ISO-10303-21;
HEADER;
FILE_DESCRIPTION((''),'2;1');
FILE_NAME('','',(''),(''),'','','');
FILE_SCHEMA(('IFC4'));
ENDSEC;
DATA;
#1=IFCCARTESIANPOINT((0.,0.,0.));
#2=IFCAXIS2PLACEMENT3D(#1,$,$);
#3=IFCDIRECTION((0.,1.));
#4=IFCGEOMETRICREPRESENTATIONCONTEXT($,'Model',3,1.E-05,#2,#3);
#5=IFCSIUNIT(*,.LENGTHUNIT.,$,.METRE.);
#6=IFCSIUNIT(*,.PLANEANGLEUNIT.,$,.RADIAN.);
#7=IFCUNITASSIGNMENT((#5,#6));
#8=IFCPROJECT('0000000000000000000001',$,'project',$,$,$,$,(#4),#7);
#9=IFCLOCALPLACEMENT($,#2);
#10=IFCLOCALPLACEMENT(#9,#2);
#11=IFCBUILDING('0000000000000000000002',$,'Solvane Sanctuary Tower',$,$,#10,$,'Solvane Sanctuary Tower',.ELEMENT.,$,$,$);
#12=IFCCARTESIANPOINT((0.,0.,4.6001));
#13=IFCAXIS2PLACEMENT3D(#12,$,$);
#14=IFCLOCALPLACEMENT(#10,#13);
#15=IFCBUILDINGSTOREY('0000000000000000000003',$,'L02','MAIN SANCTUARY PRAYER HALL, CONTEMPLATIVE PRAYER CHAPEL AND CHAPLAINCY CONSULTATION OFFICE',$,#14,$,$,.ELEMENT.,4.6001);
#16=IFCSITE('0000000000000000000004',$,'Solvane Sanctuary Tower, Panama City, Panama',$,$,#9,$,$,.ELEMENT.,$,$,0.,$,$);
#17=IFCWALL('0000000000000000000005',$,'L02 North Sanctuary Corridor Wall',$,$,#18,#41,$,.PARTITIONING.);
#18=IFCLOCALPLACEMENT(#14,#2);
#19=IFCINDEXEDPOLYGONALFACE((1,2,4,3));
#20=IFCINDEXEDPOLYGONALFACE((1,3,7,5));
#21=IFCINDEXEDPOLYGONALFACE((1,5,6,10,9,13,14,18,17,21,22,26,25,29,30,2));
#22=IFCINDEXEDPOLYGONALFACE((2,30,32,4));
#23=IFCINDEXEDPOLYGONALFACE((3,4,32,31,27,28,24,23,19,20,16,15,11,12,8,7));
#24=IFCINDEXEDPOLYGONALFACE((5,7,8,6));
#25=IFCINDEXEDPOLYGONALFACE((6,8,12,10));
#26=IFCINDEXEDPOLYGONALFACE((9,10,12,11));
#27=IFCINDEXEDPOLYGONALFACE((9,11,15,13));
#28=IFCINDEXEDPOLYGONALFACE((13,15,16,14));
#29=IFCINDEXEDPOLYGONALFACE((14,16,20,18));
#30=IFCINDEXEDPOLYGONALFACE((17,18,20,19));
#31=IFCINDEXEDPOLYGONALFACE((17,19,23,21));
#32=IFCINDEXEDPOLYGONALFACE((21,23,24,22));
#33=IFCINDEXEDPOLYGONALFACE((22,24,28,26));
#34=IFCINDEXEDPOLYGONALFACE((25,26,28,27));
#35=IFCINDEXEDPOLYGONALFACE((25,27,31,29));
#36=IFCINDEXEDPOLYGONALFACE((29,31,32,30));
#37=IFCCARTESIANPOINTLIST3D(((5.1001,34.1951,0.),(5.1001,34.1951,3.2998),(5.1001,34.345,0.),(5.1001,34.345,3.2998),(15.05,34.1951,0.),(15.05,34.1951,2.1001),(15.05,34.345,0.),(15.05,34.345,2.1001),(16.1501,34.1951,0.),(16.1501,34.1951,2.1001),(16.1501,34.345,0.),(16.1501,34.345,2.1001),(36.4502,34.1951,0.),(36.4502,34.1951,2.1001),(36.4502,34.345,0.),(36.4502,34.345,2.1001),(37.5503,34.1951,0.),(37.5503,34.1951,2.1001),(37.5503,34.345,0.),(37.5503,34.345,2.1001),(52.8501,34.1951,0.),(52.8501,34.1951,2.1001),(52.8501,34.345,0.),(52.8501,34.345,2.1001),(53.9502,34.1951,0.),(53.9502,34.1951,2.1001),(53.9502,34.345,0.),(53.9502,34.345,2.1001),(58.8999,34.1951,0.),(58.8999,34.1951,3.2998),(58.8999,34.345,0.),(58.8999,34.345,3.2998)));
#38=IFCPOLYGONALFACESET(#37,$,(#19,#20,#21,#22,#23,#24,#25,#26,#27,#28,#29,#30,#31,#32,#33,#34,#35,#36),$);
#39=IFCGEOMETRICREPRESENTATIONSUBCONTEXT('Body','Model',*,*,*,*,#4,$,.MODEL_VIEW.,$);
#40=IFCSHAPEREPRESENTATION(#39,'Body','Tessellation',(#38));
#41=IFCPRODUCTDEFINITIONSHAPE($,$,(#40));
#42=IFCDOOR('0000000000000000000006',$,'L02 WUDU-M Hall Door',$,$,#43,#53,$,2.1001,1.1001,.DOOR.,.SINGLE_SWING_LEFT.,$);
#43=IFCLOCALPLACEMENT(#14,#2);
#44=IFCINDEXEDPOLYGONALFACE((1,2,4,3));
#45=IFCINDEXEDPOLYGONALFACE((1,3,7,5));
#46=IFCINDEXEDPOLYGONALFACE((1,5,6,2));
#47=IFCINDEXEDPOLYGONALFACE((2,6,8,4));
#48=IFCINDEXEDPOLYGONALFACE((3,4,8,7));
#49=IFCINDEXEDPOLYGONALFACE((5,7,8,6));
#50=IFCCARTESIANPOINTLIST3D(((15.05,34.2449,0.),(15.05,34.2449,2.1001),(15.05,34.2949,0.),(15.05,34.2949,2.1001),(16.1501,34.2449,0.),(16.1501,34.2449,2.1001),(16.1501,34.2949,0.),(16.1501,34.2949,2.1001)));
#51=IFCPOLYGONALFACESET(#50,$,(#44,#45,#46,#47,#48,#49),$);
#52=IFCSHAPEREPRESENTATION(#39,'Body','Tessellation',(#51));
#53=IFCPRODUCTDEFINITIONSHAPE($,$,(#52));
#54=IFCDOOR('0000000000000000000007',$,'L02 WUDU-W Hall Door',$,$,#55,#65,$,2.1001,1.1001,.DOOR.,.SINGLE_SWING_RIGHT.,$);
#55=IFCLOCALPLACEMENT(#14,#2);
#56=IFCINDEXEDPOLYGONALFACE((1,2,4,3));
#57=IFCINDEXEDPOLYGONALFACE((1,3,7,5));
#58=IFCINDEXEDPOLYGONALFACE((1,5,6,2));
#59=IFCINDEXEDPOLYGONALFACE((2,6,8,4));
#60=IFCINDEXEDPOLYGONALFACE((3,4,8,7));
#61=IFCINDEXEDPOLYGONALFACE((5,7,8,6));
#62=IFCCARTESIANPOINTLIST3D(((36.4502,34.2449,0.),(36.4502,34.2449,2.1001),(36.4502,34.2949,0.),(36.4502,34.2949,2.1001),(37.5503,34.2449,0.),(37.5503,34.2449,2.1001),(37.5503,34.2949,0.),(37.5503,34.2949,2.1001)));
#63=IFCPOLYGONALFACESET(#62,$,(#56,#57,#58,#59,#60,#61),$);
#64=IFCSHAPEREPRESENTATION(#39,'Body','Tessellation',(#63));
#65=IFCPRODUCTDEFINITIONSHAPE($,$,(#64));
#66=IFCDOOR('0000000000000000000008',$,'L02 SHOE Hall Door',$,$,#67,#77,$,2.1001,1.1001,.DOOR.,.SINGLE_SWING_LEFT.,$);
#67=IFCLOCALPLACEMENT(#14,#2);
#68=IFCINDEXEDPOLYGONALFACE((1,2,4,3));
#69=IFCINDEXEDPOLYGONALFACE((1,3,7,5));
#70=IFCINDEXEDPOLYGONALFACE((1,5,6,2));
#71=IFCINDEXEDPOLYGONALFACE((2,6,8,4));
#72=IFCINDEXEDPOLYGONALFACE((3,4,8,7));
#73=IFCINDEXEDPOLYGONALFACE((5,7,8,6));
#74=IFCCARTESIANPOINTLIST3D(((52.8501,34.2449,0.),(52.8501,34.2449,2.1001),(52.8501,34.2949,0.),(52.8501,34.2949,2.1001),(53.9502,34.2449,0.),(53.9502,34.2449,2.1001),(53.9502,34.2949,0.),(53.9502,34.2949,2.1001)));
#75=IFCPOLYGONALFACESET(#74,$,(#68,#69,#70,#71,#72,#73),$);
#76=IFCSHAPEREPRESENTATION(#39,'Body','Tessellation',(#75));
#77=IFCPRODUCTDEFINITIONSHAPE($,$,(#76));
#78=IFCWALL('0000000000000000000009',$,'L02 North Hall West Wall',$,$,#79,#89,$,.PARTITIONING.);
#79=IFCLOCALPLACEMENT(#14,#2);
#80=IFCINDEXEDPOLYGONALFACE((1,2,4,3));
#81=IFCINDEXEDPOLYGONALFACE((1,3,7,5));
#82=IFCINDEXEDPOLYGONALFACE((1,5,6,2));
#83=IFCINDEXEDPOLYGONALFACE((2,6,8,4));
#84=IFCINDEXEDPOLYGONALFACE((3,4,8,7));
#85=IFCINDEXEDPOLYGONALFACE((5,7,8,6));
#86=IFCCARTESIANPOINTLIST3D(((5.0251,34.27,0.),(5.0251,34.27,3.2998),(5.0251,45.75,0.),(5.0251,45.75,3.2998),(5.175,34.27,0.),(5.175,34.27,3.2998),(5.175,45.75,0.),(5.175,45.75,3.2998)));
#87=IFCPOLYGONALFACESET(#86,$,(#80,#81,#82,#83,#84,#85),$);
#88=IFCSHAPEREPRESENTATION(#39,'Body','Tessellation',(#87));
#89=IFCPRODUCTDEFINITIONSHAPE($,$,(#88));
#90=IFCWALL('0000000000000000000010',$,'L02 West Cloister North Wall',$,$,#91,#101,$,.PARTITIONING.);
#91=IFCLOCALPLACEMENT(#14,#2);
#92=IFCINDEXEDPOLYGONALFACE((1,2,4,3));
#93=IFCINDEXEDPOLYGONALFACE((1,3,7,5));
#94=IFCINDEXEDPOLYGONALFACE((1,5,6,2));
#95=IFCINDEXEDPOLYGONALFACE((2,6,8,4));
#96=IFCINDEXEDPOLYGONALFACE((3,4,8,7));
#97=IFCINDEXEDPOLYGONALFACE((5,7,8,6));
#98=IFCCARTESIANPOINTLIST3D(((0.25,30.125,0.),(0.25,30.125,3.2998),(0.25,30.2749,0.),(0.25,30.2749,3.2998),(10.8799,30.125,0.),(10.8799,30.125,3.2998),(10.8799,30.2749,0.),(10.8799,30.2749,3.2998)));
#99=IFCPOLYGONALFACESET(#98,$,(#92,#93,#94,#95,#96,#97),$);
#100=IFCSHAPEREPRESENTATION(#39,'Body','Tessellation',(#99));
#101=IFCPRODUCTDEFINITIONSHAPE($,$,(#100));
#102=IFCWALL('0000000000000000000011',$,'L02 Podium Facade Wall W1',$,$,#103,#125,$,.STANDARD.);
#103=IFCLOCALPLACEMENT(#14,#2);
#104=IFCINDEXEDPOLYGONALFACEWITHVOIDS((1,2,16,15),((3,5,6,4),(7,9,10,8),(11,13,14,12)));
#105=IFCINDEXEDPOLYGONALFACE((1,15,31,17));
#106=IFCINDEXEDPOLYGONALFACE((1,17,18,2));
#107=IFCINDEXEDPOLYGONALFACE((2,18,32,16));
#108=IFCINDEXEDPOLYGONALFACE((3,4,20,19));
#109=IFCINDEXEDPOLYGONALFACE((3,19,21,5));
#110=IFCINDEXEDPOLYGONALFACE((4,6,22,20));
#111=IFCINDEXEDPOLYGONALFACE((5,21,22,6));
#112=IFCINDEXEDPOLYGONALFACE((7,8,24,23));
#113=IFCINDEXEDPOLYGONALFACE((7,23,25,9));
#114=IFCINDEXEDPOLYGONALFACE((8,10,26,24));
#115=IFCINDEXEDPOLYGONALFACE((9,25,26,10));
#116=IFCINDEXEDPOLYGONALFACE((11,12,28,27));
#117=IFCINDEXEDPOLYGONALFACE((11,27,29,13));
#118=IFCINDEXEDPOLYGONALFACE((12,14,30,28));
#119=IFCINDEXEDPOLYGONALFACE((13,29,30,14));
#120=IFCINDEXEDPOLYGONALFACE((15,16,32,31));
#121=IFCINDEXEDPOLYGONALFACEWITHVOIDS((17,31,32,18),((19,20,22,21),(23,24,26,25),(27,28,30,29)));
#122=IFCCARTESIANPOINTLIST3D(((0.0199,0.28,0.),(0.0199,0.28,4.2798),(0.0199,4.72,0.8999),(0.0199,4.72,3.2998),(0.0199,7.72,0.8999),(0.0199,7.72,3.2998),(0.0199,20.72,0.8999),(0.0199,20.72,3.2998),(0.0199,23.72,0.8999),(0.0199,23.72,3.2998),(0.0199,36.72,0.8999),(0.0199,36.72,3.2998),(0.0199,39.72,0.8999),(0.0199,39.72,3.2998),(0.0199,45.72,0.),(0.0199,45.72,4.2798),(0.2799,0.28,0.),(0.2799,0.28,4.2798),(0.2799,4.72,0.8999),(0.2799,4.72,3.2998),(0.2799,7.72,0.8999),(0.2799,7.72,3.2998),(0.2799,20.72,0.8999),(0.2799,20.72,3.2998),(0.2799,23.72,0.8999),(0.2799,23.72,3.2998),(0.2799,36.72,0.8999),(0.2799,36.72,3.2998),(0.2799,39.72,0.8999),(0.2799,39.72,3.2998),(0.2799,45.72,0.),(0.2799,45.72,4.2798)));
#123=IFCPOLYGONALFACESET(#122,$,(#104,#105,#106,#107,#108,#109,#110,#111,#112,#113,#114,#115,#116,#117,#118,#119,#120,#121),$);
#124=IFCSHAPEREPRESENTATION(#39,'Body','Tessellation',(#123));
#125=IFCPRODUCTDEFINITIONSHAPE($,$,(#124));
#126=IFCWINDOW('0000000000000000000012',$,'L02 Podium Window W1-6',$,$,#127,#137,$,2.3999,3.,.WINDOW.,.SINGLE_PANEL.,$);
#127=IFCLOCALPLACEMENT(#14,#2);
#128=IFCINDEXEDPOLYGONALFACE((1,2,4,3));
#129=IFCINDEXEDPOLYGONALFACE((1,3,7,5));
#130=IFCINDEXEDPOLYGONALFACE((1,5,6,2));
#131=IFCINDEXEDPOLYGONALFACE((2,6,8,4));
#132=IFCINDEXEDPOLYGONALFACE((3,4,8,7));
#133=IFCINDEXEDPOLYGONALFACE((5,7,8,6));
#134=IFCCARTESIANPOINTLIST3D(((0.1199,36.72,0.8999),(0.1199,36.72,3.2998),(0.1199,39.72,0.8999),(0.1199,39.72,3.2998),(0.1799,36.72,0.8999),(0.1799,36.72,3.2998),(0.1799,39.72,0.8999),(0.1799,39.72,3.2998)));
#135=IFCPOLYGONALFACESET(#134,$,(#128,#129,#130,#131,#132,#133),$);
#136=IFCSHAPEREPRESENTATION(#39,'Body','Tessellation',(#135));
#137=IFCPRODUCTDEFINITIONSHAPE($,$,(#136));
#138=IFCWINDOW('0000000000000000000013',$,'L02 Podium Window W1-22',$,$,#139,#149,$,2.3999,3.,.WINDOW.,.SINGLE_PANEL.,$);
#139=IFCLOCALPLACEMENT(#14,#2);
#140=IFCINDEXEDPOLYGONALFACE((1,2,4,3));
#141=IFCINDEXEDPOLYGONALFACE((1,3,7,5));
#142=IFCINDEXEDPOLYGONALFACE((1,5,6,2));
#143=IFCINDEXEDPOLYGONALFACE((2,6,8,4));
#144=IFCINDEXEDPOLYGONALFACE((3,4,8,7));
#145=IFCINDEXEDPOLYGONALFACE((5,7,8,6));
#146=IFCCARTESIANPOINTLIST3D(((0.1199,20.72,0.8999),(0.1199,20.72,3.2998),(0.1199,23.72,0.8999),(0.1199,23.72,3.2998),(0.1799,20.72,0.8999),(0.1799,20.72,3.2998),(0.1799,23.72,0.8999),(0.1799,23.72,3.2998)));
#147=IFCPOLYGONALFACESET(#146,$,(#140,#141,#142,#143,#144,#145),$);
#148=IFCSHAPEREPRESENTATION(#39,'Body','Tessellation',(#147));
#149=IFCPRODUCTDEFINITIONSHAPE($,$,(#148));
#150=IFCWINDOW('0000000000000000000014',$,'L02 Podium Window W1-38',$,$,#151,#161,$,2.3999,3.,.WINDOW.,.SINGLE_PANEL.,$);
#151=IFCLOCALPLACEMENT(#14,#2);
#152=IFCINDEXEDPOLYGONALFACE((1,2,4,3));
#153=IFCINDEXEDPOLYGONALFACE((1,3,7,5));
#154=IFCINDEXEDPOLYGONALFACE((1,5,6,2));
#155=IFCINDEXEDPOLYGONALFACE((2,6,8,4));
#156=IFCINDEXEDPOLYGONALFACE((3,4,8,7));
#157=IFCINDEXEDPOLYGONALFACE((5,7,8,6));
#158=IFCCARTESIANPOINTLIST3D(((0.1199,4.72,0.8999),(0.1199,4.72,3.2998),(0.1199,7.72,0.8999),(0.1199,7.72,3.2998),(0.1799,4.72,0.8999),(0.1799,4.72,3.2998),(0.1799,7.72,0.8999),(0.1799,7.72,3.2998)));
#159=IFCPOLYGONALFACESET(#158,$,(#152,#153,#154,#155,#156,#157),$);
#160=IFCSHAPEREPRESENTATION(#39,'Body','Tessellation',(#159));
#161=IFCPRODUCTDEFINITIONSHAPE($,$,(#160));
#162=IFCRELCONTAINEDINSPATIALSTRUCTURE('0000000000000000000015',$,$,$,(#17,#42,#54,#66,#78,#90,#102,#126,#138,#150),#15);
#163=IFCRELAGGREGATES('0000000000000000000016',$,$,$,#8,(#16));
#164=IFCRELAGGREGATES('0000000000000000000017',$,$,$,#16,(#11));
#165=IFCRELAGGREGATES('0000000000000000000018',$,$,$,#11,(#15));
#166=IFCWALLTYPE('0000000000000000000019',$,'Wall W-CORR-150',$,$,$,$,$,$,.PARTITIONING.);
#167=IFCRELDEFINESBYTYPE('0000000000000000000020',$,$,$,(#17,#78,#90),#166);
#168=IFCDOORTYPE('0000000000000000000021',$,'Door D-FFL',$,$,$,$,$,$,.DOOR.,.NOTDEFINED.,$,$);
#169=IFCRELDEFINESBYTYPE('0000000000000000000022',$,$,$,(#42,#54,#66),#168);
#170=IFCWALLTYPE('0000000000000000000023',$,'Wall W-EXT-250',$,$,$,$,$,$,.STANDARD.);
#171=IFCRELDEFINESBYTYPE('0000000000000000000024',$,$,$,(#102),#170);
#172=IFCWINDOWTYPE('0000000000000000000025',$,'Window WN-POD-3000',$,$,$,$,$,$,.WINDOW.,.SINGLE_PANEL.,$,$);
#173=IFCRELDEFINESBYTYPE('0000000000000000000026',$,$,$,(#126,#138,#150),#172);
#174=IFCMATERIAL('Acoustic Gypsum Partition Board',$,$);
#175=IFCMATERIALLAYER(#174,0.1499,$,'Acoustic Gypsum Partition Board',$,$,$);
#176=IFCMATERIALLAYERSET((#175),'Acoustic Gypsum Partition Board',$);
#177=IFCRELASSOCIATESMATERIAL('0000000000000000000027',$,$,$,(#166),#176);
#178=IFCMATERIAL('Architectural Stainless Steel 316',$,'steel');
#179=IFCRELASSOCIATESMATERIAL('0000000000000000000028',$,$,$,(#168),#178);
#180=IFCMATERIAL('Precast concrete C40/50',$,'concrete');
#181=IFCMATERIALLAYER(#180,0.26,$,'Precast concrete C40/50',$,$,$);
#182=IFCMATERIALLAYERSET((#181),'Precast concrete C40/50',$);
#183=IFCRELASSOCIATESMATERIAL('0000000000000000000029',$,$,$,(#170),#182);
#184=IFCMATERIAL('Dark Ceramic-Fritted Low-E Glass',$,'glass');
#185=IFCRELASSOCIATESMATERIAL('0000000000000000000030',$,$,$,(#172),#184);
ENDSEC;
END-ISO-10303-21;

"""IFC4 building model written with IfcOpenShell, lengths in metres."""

from ifc_helpers import new_model, si_unit, direction, frame, frame_2d, origin, place, context, subcontext, project, spatial, rectangle, extrude, material, layer, layer_set, type_object, element, fill, save


model = new_model("IFC4")

# Units and contexts
model_context = context("Model", 3, precision=1e-05, world=origin(), true_north=direction((0.0, 1.0)))
body_context = subcontext(model_context, "Body", "Model", "MODEL_VIEW")
ifc_project = project(units=[si_unit("LENGTHUNIT", "METRE"), si_unit("PLANEANGLEUNIT", "RADIAN")], contexts=[model_context])

# Site, building, storey
site_placement = place(None, origin())
site = spatial("IfcSite", under=ifc_project, at=site_placement, Name="Solvane Sanctuary Tower, Panama City, Panama", CompositionType="ELEMENT", RefElevation=0.0)
building_placement = place(site_placement, origin())
building = spatial("IfcBuilding", under=site, at=building_placement, Name="Solvane Sanctuary Tower", LongName="Solvane Sanctuary Tower", CompositionType="ELEMENT")
storey_placement = place(building_placement, frame((0.0, 0.0, 4.6001)))
storey = spatial("IfcBuildingStorey", under=building, at=storey_placement, Name="L02", Description="MAIN SANCTUARY PRAYER HALL, CONTEMPLATIVE PRAYER CHAPEL AND CHAPLAINCY CONSULTATION OFFICE", CompositionType="ELEMENT", Elevation=4.6001)

# Wall, openings, doors
ifc_material_1 = material(Name="Acoustic Gypsum Partition Board")
ifc_layer_1 = layer(ifc_material_1, 0.1499, Name="Acoustic Gypsum Partition Board")
ifc_layer_set_1 = layer_set([ifc_layer_1], Name="Acoustic Gypsum Partition Board")
wall_type_1 = type_object("IfcWallType", Name="Wall W-CORR-150", PredefinedType="PARTITIONING", material=ifc_layer_set_1)
wall_1_placement = place(storey_placement, frame((5.1001, 34.27, 0.0), z_axis=(0.0, 0.0, 1.0), x_axis=(1.0, 0.0, 0.0)))
wall_1 = element("IfcWall", 1, at=wall_1_placement, inside=storey, type_object=wall_type_1, Name="L02 North Sanctuary Corridor Wall", PredefinedType="PARTITIONING", context=body_context, shape_type="SweptSolid", body=[
    extrude(rectangle(XDim=53.7998, YDim=0.1499, at=frame_2d((26.8999, 0.0))), origin(), (0.0, 0.0, 1.0), 3.2998),
])
opening_1_placement = place(wall_1_placement, frame((9.95, 0.0, 0.0)))
opening_1 = element("IfcOpeningElement", 2, at=opening_1_placement, cuts=wall_1, PredefinedType="OPENING", context=body_context, shape_type="SweptSolid", body=[
    extrude(rectangle(XDim=1.1001, YDim=2.1001, at=frame_2d((0.55, 1.05))), frame((0.0, 0.085, 0.0), z_axis=(0.0, -1.0, 0.0), x_axis=(1.0, 0.0, 0.0)), (0.0, 0.0, 1.0), 0.1699),
])
opening_2_placement = place(wall_1_placement, frame((31.3501, 0.0, 0.0)))
opening_2 = element("IfcOpeningElement", 3, at=opening_2_placement, cuts=wall_1, PredefinedType="OPENING", context=body_context, shape_type="SweptSolid", body=[
    extrude(rectangle(XDim=1.1001, YDim=2.1001, at=frame_2d((0.55, 1.05))), frame((0.0, 0.085, 0.0), z_axis=(0.0, -1.0, 0.0), x_axis=(1.0, 0.0, 0.0)), (0.0, 0.0, 1.0), 0.1699),
])
opening_3_placement = place(wall_1_placement, frame((47.75, 0.0, 0.0)))
opening_3 = element("IfcOpeningElement", 4, at=opening_3_placement, cuts=wall_1, PredefinedType="OPENING", context=body_context, shape_type="SweptSolid", body=[
    extrude(rectangle(XDim=1.1001, YDim=2.1001, at=frame_2d((0.55, 1.05))), frame((0.0, 0.085, 0.0), z_axis=(0.0, -1.0, 0.0), x_axis=(1.0, 0.0, 0.0)), (0.0, 0.0, 1.0), 0.1699),
])
ifc_material_2 = material(Name="Architectural Stainless Steel 316", Category="steel")
door_type = type_object("IfcDoorType", Name="Door D-FFL", OperationType="NOTDEFINED", PredefinedType="DOOR", material=ifc_material_2)
door_1_placement = place(opening_1_placement, origin())
door_1 = element("IfcDoor", 5, at=door_1_placement, inside=storey, type_object=door_type, Name="L02 WUDU-M Hall Door", OperationType="SINGLE_SWING_LEFT", OverallHeight=2.1001, OverallWidth=1.1001, PredefinedType="DOOR", context=body_context, shape_type="SweptSolid", body=[
    extrude(rectangle(XDim=1.1001, YDim=2.1001, at=frame_2d((0.55, 1.05))), frame((0.0, 0.0249, 0.0), z_axis=(0.0, -1.0, 0.0), x_axis=(1.0, 0.0, 0.0)), (0.0, 0.0, 1.0), 0.05),
])
fill(opening_1, door_1)
door_2_placement = place(opening_2_placement, origin())
door_2 = element("IfcDoor", 6, at=door_2_placement, inside=storey, type_object=door_type, Name="L02 WUDU-W Hall Door", OperationType="SINGLE_SWING_RIGHT", OverallHeight=2.1001, OverallWidth=1.1001, PredefinedType="DOOR", context=body_context, shape_type="SweptSolid", body=[
    extrude(rectangle(XDim=1.1001, YDim=2.1001, at=frame_2d((0.55, 1.05))), frame((0.0, 0.0249, 0.0), z_axis=(0.0, -1.0, 0.0), x_axis=(1.0, 0.0, 0.0)), (0.0, 0.0, 1.0), 0.05),
])
fill(opening_2, door_2)
door_3_placement = place(opening_3_placement, origin())
door_3 = element("IfcDoor", 7, at=door_3_placement, inside=storey, type_object=door_type, Name="L02 SHOE Hall Door", OperationType="SINGLE_SWING_LEFT", OverallHeight=2.1001, OverallWidth=1.1001, PredefinedType="DOOR", context=body_context, shape_type="SweptSolid", body=[
    extrude(rectangle(XDim=1.1001, YDim=2.1001, at=frame_2d((0.55, 1.05))), frame((0.0, 0.0249, 0.0), z_axis=(0.0, -1.0, 0.0), x_axis=(1.0, 0.0, 0.0)), (0.0, 0.0, 1.0), 0.05),
])
fill(opening_3, door_3)

# Walls
wall_2_placement = place(storey_placement, frame((5.1001, 34.27, 0.0), z_axis=(0.0, 0.0, 1.0), x_axis=(0.0, 1.0, 0.0)))
element("IfcWall", 8, at=wall_2_placement, inside=storey, type_object=wall_type_1, Name="L02 North Hall West Wall", PredefinedType="PARTITIONING", context=body_context, shape_type="SweptSolid", body=[
    extrude(rectangle(XDim=11.48, YDim=0.1499, at=frame_2d((5.74, 0.0))), origin(), (0.0, 0.0, 1.0), 3.2998),
])
wall_3_placement = place(storey_placement, frame((0.25, 30.2, 0.0), z_axis=(0.0, 0.0, 1.0), x_axis=(1.0, 0.0, 0.0)))
element("IfcWall", 9, at=wall_3_placement, inside=storey, type_object=wall_type_1, Name="L02 West Cloister North Wall", PredefinedType="PARTITIONING", context=body_context, shape_type="SweptSolid", body=[
    extrude(rectangle(XDim=10.6299, YDim=0.1499, at=frame_2d((5.3149, 0.0))), origin(), (0.0, 0.0, 1.0), 3.2998),
])

# Wall, openings, windows
ifc_material_3 = material(Name="Precast concrete C40/50", Category="concrete")
ifc_layer_2 = layer(ifc_material_3, 0.26, Name="Precast concrete C40/50")
ifc_layer_set_2 = layer_set([ifc_layer_2], Name="Precast concrete C40/50")
wall_type_2 = type_object("IfcWallType", Name="Wall W-EXT-250", PredefinedType="STANDARD", material=ifc_layer_set_2)
wall_4_placement = place(storey_placement, frame((0.1499, 45.72, 0.0), z_axis=(0.0, 0.0, 1.0), x_axis=(0.0, -1.0, 0.0)))
wall_4 = element("IfcWall", 10, at=wall_4_placement, inside=storey, type_object=wall_type_2, Name="L02 Podium Facade Wall W1", PredefinedType="STANDARD", context=body_context, shape_type="SweptSolid", body=[
    extrude(rectangle(XDim=45.4399, YDim=0.26, at=frame_2d((22.72, 0.0))), origin(), (0.0, 0.0, 1.0), 4.2798),
])
opening_4_placement = place(wall_4_placement, frame((6.0, 0.0, 0.8999)))
opening_4 = element("IfcOpeningElement", 11, at=opening_4_placement, cuts=wall_4, PredefinedType="OPENING", context=body_context, shape_type="SweptSolid", body=[
    extrude(rectangle(XDim=3.0, YDim=2.3999, at=frame_2d((1.5, 1.2))), frame((0.0, 0.1399, 0.0), z_axis=(0.0, -1.0, 0.0), x_axis=(1.0, 0.0, 0.0)), (0.0, 0.0, 1.0), 0.28),
])
opening_5_placement = place(wall_4_placement, frame((22.0, 0.0, 0.8999)))
opening_5 = element("IfcOpeningElement", 12, at=opening_5_placement, cuts=wall_4, PredefinedType="OPENING", context=body_context, shape_type="SweptSolid", body=[
    extrude(rectangle(XDim=3.0, YDim=2.3999, at=frame_2d((1.5, 1.2))), frame((0.0, 0.1399, 0.0), z_axis=(0.0, -1.0, 0.0), x_axis=(1.0, 0.0, 0.0)), (0.0, 0.0, 1.0), 0.28),
])
opening_6_placement = place(wall_4_placement, frame((38.0, 0.0, 0.8999)))
opening_6 = element("IfcOpeningElement", 13, at=opening_6_placement, cuts=wall_4, PredefinedType="OPENING", context=body_context, shape_type="SweptSolid", body=[
    extrude(rectangle(XDim=3.0, YDim=2.3999, at=frame_2d((1.5, 1.2))), frame((0.0, 0.1399, 0.0), z_axis=(0.0, -1.0, 0.0), x_axis=(1.0, 0.0, 0.0)), (0.0, 0.0, 1.0), 0.28),
])
ifc_material_4 = material(Name="Dark Ceramic-Fritted Low-E Glass", Category="glass")
window_type = type_object("IfcWindowType", Name="Window WN-POD-3000", PartitioningType="SINGLE_PANEL", PredefinedType="WINDOW", material=ifc_material_4)
window_1_placement = place(opening_4_placement, origin())
window_1 = element("IfcWindow", 14, at=window_1_placement, inside=storey, type_object=window_type, Name="L02 Podium Window W1-6", OverallHeight=2.3999, OverallWidth=3.0, PartitioningType="SINGLE_PANEL", PredefinedType="WINDOW", context=body_context, shape_type="SweptSolid", body=[
    extrude(rectangle(XDim=3.0, YDim=2.3999, at=frame_2d((1.5, 1.2))), frame((0.0, 0.03, 0.0), z_axis=(0.0, -1.0, 0.0), x_axis=(1.0, 0.0, 0.0)), (0.0, 0.0, 1.0), 0.0601),
])
fill(opening_4, window_1)
window_2_placement = place(opening_5_placement, origin())
window_2 = element("IfcWindow", 15, at=window_2_placement, inside=storey, type_object=window_type, Name="L02 Podium Window W1-22", OverallHeight=2.3999, OverallWidth=3.0, PartitioningType="SINGLE_PANEL", PredefinedType="WINDOW", context=body_context, shape_type="SweptSolid", body=[
    extrude(rectangle(XDim=3.0, YDim=2.3999, at=frame_2d((1.5, 1.2))), frame((0.0, 0.03, 0.0), z_axis=(0.0, -1.0, 0.0), x_axis=(1.0, 0.0, 0.0)), (0.0, 0.0, 1.0), 0.0601),
])
fill(opening_5, window_2)
window_3_placement = place(opening_6_placement, origin())
window_3 = element("IfcWindow", 16, at=window_3_placement, inside=storey, type_object=window_type, Name="L02 Podium Window W1-38", OverallHeight=2.3999, OverallWidth=3.0, PartitioningType="SINGLE_PANEL", PredefinedType="WINDOW", context=body_context, shape_type="SweptSolid", body=[
    extrude(rectangle(XDim=3.0, YDim=2.3999, at=frame_2d((1.5, 1.2))), frame((0.0, 0.03, 0.0), z_axis=(0.0, -1.0, 0.0), x_axis=(1.0, 0.0, 0.0)), (0.0, 0.0, 1.0), 0.0601),
])
fill(opening_6, window_3)

save(model, "model.ifc")
